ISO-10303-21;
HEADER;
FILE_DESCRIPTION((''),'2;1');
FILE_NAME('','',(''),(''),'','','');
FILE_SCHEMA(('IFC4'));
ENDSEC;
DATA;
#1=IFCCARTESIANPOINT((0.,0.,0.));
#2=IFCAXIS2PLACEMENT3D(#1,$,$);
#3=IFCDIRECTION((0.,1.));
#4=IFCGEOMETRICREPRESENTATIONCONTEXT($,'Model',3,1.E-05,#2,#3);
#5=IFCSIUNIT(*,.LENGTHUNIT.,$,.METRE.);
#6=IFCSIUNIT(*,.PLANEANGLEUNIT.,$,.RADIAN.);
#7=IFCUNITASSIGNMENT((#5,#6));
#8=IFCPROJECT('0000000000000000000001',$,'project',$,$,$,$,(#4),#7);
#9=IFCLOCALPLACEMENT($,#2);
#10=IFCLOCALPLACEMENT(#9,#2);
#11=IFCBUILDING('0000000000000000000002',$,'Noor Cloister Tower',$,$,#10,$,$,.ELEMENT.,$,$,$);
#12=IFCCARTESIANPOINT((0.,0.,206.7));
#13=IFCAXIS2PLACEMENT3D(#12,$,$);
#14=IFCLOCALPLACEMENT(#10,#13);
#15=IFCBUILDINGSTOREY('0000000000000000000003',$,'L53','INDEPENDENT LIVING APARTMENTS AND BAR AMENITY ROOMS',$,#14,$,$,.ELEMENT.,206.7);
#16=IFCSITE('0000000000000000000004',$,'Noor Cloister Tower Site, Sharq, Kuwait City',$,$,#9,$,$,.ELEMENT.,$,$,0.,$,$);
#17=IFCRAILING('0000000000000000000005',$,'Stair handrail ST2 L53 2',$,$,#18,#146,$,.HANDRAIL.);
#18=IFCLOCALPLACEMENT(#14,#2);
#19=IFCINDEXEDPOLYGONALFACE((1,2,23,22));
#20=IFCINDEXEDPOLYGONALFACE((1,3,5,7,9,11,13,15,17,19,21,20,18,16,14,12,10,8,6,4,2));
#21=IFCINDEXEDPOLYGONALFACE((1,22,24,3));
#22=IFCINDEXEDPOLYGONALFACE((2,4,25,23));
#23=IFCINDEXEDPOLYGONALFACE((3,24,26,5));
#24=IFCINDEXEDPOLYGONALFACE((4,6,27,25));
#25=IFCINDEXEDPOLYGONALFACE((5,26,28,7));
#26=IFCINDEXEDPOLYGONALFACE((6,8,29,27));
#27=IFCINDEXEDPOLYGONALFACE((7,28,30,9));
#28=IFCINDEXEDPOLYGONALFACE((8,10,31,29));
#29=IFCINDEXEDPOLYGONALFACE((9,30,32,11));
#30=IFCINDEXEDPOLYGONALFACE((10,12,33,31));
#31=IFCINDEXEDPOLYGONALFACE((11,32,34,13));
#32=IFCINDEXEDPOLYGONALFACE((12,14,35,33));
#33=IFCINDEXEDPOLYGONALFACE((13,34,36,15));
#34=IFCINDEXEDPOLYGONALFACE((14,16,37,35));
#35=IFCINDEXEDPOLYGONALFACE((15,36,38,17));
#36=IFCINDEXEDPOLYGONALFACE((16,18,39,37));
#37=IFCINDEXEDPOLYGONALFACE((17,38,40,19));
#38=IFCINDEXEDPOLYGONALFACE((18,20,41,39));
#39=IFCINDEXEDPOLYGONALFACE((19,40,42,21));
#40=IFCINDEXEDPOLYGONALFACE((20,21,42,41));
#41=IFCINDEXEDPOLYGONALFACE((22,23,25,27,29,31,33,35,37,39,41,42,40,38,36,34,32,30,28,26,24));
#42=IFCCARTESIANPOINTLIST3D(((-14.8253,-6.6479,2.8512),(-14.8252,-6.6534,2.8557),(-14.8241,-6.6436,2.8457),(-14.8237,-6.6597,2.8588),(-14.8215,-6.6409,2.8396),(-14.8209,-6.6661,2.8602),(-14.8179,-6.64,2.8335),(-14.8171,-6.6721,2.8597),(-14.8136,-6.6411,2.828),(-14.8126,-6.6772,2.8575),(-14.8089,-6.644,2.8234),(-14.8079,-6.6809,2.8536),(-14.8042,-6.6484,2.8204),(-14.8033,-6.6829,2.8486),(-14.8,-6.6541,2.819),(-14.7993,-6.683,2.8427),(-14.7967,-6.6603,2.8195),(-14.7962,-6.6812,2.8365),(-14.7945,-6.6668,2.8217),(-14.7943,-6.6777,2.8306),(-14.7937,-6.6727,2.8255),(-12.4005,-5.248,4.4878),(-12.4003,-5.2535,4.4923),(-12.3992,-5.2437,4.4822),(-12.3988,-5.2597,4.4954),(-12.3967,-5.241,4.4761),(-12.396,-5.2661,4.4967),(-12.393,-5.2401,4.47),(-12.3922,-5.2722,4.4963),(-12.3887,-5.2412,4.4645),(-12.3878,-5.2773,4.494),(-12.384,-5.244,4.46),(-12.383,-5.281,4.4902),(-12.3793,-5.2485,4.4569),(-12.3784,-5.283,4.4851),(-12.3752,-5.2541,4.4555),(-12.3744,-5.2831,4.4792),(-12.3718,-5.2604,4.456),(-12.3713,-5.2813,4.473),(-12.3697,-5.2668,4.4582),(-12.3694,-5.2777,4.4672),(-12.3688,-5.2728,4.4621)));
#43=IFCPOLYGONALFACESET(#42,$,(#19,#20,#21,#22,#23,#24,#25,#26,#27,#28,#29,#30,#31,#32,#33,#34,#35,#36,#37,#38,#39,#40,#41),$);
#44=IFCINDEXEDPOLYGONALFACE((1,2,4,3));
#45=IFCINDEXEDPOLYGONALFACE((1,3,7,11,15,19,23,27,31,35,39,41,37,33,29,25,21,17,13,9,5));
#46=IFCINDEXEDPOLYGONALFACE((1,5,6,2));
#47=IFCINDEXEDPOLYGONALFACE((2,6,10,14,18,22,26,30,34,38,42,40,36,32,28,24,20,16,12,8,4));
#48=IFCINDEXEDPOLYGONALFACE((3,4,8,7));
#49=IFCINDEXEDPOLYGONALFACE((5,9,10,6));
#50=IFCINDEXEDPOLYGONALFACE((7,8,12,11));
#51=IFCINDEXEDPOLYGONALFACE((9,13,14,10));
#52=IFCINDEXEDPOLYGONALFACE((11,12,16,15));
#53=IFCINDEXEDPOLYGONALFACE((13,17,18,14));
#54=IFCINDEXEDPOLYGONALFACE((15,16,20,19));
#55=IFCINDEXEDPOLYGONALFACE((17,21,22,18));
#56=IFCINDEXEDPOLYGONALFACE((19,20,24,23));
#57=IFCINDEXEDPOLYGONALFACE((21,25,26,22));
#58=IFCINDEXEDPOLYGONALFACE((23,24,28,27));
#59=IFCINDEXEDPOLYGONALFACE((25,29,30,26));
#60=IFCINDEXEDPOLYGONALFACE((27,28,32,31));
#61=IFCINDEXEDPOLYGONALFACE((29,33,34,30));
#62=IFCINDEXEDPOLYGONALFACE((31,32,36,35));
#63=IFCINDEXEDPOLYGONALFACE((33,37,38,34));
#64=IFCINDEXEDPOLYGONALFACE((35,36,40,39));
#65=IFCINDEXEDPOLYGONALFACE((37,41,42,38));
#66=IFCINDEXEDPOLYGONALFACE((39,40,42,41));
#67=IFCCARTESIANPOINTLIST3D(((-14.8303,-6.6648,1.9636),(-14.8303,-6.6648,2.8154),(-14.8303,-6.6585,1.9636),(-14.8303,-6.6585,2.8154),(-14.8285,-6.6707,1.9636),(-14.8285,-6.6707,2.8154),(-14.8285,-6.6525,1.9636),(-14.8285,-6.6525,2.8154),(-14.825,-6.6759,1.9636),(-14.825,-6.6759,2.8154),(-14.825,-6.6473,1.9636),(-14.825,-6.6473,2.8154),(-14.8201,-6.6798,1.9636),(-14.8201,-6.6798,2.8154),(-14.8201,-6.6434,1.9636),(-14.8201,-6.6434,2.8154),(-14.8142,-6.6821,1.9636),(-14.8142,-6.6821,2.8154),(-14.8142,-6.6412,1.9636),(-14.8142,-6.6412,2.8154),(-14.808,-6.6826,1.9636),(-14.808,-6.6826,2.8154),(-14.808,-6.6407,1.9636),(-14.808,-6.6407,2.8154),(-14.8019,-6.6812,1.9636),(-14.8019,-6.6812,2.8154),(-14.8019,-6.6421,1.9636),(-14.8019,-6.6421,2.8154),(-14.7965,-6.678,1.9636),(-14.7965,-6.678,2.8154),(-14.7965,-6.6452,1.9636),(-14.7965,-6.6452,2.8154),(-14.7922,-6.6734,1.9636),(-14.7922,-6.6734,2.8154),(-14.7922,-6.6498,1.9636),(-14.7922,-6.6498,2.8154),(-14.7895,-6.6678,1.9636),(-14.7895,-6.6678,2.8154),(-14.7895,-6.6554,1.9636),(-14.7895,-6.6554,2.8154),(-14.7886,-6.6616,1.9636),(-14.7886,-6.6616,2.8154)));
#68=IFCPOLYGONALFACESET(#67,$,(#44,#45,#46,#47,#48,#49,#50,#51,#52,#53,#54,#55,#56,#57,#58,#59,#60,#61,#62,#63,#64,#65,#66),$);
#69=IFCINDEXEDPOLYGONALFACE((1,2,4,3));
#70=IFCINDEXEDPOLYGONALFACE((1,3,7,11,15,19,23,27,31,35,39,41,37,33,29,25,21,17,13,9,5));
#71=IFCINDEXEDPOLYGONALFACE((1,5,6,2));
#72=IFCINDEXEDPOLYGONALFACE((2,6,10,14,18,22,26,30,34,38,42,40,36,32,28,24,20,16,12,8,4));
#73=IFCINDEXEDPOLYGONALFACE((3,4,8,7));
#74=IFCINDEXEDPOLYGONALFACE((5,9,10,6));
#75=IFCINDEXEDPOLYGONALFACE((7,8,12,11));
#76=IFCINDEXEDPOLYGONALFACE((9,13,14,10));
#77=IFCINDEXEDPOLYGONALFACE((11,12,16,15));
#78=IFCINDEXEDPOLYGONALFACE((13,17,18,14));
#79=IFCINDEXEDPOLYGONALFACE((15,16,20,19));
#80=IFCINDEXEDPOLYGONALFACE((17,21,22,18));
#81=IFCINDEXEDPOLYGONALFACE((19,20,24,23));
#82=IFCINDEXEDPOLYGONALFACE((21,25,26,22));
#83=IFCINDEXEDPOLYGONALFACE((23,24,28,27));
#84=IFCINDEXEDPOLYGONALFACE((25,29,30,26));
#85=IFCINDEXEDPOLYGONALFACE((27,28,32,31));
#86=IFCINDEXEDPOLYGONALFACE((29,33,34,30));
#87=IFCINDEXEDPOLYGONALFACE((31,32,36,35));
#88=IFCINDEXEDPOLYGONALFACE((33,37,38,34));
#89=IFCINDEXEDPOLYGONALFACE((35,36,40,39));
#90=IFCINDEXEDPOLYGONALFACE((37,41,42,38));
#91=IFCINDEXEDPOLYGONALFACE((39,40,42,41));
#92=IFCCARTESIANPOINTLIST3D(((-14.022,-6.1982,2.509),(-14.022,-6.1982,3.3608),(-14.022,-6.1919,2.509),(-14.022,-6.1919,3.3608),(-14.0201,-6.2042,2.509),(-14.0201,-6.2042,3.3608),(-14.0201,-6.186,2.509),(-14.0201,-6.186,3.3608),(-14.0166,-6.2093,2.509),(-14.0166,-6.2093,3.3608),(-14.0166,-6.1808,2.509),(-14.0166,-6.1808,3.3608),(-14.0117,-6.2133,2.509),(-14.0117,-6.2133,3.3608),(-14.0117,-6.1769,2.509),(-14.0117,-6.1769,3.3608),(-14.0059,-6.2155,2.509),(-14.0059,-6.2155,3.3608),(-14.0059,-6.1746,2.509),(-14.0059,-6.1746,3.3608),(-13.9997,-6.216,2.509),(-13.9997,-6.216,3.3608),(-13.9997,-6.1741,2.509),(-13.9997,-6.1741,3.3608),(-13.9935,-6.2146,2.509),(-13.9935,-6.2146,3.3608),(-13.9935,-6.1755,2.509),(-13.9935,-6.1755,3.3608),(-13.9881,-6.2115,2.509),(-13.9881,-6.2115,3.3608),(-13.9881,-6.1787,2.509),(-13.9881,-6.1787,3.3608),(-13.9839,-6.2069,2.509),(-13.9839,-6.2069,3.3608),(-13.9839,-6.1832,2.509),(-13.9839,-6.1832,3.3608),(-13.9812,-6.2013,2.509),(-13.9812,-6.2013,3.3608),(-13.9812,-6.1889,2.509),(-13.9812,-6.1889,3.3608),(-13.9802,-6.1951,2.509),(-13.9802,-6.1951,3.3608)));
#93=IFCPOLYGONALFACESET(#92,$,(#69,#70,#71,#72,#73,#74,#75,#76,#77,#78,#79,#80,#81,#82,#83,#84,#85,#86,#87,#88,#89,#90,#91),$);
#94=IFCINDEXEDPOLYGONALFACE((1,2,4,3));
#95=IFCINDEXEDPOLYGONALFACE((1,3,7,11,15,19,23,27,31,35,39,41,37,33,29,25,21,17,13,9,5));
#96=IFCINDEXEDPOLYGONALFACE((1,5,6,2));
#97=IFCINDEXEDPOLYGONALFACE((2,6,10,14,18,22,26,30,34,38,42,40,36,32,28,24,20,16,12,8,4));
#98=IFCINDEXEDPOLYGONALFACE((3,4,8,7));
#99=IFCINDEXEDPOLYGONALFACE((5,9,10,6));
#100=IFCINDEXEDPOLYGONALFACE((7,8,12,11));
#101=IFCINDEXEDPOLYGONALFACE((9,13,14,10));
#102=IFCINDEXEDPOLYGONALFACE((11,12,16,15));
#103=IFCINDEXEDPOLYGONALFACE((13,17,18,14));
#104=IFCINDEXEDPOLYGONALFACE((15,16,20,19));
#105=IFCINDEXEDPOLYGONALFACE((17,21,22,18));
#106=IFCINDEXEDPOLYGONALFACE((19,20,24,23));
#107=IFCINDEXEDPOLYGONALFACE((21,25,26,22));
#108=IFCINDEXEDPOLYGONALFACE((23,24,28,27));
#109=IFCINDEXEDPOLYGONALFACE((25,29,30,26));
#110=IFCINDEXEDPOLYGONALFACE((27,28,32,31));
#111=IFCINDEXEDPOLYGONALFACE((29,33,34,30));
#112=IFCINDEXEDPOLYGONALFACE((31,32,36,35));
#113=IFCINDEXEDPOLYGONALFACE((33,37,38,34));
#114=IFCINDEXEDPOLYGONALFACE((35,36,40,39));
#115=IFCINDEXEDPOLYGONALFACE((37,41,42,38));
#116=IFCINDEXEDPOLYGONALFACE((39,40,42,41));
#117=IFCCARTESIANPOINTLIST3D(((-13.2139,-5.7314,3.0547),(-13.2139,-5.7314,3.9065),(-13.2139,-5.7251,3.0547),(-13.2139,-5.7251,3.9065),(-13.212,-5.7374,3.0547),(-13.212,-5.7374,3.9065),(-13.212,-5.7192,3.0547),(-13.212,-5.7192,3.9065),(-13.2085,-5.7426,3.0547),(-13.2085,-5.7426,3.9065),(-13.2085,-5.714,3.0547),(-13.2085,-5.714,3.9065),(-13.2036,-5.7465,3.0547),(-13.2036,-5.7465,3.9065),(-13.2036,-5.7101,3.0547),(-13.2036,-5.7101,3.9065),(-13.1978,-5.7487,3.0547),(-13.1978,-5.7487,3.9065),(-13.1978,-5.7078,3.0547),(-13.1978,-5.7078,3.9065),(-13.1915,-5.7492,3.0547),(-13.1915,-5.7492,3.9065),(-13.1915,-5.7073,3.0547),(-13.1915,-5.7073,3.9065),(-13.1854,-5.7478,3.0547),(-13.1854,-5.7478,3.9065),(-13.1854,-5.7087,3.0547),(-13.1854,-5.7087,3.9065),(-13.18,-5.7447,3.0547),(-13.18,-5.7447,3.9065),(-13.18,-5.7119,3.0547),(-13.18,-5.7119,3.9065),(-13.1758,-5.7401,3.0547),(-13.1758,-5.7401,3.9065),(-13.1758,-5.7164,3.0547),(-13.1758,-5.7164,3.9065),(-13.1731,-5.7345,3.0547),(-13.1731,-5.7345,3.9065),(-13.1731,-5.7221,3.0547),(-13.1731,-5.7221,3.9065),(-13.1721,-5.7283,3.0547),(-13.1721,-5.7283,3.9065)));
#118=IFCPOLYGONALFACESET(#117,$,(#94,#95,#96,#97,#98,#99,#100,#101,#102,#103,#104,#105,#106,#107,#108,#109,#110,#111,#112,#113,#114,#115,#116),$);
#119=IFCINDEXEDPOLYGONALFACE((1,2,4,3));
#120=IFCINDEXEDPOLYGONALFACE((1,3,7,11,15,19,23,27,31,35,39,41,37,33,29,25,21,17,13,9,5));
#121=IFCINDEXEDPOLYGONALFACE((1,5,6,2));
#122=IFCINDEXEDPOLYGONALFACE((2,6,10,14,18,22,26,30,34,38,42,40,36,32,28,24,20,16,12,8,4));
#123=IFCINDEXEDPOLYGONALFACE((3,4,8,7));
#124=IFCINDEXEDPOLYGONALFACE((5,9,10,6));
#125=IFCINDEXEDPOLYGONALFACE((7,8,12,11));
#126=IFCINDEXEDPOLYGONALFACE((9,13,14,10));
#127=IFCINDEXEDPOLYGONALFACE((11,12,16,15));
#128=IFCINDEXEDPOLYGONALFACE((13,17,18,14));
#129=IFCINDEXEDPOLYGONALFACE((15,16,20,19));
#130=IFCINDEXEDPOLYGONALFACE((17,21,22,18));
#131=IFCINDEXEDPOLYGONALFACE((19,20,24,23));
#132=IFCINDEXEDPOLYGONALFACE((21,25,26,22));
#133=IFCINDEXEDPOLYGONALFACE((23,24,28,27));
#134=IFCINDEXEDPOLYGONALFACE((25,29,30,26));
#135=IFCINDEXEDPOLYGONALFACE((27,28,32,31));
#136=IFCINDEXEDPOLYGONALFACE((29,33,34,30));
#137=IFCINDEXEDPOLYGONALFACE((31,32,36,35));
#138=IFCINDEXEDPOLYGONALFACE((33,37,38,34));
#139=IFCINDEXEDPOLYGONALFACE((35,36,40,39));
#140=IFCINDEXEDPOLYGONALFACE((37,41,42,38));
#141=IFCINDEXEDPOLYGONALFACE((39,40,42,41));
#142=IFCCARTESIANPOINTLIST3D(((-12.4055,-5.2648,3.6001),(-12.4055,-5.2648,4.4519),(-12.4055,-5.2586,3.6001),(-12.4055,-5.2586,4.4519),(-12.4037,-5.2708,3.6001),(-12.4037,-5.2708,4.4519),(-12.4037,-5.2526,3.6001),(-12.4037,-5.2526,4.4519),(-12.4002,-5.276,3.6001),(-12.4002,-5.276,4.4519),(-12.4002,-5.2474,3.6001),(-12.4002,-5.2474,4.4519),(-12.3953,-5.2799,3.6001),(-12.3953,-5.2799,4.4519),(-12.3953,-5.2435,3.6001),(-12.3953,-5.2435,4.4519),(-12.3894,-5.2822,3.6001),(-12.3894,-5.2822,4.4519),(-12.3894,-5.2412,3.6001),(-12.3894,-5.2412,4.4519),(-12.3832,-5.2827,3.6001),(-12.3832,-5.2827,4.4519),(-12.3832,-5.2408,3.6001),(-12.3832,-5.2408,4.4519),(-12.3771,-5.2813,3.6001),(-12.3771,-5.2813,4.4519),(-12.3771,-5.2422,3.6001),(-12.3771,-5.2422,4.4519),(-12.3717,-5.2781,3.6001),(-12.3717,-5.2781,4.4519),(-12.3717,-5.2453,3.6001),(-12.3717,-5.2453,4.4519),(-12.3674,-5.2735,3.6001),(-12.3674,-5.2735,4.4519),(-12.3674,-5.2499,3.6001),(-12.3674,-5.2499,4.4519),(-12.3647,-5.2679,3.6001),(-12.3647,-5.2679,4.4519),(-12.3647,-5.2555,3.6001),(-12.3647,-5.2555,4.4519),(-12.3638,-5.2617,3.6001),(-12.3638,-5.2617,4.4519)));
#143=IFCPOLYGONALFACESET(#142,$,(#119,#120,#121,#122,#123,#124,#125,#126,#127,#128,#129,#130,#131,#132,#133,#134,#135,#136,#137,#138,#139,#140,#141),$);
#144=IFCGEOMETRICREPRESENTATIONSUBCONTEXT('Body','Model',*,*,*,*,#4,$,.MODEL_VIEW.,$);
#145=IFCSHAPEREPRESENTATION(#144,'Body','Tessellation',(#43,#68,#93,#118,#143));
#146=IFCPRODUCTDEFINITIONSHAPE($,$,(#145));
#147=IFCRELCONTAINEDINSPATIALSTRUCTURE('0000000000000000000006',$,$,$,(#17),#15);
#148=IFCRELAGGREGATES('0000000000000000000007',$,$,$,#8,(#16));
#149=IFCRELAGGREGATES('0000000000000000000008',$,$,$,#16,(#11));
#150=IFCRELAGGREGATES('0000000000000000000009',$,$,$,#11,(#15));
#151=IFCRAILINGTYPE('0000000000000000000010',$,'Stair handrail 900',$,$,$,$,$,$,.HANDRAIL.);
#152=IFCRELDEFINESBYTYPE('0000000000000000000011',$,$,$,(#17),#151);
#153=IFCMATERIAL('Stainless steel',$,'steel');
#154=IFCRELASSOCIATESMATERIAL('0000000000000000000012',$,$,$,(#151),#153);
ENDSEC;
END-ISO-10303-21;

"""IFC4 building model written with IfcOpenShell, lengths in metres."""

from ifc_helpers import new_model, si_unit, direction, frame, origin, origin_2d, place, context, subcontext, project, spatial, circle, extrude, material, type_object, element, save


model = new_model("IFC4")

# Units and contexts
model_context = context("Model", 3, precision=1e-05, world=origin(), true_north=direction((0.0, 1.0)))
body_context = subcontext(model_context, "Body", "Model", "MODEL_VIEW")
ifc_project = project(units=[si_unit("LENGTHUNIT", "METRE"), si_unit("PLANEANGLEUNIT", "RADIAN")], contexts=[model_context])

# Site, building, storey
site_placement = place(None, origin())
site = spatial("IfcSite", under=ifc_project, at=site_placement, Name="Noor Cloister Tower Site, Sharq, Kuwait City", CompositionType="ELEMENT", RefElevation=0.0)
building_placement = place(site_placement, origin())
building = spatial("IfcBuilding", under=site, at=building_placement, Name="Noor Cloister Tower", CompositionType="ELEMENT")
storey_placement = place(building_placement, frame((0.0, 0.0, 206.7)))
storey = spatial("IfcBuildingStorey", under=building, at=storey_placement, Name="L53", Description="INDEPENDENT LIVING APARTMENTS AND BAR AMENITY ROOMS", CompositionType="ELEMENT", Elevation=206.7)

# Railing
ifc_material_1 = material(Name="Stainless steel", Category="steel")
railing_type_1 = type_object("IfcRailingType", Name="Stair handrail 900", PredefinedType="HANDRAIL", material=ifc_material_1)
railing_1_placement = place(storey_placement, frame((-14.8096, -6.6616, 1.9636)))
element("IfcRailing", 1, at=railing_1_placement, inside=storey, type_object=railing_type_1, Name="Stair handrail ST2 L53 2", PredefinedType="HANDRAIL", context=body_context, shape_type="SweptSolid", body=[
    extrude(circle(Radius=0.0239, at=origin_2d()), frame((0.0, 0.0, 0.876), z_axis=(0.74769, 0.431661, 0.504608), x_axis=(-0.499984, 0.866035, 0.0)), (0.0, 0.0, 1.0), 3.2432),
    extrude(circle(Radius=0.021, at=origin_2d()), origin(), (0.0, 0.0, 1.0), 0.8518),
    extrude(circle(Radius=0.021, at=origin_2d()), frame((0.8083, 0.4666, 0.5454)), (0.0, 0.0, 1.0), 0.8518),
    extrude(circle(Radius=0.021, at=origin_2d()), frame((1.6165, 0.9333, 1.0911)), (0.0, 0.0, 1.0), 0.8518),
    extrude(circle(Radius=0.021, at=origin_2d()), frame((2.4248, 1.3999, 1.6365)), (0.0, 0.0, 1.0), 0.8518),
])

save(model, "model.ifc")
